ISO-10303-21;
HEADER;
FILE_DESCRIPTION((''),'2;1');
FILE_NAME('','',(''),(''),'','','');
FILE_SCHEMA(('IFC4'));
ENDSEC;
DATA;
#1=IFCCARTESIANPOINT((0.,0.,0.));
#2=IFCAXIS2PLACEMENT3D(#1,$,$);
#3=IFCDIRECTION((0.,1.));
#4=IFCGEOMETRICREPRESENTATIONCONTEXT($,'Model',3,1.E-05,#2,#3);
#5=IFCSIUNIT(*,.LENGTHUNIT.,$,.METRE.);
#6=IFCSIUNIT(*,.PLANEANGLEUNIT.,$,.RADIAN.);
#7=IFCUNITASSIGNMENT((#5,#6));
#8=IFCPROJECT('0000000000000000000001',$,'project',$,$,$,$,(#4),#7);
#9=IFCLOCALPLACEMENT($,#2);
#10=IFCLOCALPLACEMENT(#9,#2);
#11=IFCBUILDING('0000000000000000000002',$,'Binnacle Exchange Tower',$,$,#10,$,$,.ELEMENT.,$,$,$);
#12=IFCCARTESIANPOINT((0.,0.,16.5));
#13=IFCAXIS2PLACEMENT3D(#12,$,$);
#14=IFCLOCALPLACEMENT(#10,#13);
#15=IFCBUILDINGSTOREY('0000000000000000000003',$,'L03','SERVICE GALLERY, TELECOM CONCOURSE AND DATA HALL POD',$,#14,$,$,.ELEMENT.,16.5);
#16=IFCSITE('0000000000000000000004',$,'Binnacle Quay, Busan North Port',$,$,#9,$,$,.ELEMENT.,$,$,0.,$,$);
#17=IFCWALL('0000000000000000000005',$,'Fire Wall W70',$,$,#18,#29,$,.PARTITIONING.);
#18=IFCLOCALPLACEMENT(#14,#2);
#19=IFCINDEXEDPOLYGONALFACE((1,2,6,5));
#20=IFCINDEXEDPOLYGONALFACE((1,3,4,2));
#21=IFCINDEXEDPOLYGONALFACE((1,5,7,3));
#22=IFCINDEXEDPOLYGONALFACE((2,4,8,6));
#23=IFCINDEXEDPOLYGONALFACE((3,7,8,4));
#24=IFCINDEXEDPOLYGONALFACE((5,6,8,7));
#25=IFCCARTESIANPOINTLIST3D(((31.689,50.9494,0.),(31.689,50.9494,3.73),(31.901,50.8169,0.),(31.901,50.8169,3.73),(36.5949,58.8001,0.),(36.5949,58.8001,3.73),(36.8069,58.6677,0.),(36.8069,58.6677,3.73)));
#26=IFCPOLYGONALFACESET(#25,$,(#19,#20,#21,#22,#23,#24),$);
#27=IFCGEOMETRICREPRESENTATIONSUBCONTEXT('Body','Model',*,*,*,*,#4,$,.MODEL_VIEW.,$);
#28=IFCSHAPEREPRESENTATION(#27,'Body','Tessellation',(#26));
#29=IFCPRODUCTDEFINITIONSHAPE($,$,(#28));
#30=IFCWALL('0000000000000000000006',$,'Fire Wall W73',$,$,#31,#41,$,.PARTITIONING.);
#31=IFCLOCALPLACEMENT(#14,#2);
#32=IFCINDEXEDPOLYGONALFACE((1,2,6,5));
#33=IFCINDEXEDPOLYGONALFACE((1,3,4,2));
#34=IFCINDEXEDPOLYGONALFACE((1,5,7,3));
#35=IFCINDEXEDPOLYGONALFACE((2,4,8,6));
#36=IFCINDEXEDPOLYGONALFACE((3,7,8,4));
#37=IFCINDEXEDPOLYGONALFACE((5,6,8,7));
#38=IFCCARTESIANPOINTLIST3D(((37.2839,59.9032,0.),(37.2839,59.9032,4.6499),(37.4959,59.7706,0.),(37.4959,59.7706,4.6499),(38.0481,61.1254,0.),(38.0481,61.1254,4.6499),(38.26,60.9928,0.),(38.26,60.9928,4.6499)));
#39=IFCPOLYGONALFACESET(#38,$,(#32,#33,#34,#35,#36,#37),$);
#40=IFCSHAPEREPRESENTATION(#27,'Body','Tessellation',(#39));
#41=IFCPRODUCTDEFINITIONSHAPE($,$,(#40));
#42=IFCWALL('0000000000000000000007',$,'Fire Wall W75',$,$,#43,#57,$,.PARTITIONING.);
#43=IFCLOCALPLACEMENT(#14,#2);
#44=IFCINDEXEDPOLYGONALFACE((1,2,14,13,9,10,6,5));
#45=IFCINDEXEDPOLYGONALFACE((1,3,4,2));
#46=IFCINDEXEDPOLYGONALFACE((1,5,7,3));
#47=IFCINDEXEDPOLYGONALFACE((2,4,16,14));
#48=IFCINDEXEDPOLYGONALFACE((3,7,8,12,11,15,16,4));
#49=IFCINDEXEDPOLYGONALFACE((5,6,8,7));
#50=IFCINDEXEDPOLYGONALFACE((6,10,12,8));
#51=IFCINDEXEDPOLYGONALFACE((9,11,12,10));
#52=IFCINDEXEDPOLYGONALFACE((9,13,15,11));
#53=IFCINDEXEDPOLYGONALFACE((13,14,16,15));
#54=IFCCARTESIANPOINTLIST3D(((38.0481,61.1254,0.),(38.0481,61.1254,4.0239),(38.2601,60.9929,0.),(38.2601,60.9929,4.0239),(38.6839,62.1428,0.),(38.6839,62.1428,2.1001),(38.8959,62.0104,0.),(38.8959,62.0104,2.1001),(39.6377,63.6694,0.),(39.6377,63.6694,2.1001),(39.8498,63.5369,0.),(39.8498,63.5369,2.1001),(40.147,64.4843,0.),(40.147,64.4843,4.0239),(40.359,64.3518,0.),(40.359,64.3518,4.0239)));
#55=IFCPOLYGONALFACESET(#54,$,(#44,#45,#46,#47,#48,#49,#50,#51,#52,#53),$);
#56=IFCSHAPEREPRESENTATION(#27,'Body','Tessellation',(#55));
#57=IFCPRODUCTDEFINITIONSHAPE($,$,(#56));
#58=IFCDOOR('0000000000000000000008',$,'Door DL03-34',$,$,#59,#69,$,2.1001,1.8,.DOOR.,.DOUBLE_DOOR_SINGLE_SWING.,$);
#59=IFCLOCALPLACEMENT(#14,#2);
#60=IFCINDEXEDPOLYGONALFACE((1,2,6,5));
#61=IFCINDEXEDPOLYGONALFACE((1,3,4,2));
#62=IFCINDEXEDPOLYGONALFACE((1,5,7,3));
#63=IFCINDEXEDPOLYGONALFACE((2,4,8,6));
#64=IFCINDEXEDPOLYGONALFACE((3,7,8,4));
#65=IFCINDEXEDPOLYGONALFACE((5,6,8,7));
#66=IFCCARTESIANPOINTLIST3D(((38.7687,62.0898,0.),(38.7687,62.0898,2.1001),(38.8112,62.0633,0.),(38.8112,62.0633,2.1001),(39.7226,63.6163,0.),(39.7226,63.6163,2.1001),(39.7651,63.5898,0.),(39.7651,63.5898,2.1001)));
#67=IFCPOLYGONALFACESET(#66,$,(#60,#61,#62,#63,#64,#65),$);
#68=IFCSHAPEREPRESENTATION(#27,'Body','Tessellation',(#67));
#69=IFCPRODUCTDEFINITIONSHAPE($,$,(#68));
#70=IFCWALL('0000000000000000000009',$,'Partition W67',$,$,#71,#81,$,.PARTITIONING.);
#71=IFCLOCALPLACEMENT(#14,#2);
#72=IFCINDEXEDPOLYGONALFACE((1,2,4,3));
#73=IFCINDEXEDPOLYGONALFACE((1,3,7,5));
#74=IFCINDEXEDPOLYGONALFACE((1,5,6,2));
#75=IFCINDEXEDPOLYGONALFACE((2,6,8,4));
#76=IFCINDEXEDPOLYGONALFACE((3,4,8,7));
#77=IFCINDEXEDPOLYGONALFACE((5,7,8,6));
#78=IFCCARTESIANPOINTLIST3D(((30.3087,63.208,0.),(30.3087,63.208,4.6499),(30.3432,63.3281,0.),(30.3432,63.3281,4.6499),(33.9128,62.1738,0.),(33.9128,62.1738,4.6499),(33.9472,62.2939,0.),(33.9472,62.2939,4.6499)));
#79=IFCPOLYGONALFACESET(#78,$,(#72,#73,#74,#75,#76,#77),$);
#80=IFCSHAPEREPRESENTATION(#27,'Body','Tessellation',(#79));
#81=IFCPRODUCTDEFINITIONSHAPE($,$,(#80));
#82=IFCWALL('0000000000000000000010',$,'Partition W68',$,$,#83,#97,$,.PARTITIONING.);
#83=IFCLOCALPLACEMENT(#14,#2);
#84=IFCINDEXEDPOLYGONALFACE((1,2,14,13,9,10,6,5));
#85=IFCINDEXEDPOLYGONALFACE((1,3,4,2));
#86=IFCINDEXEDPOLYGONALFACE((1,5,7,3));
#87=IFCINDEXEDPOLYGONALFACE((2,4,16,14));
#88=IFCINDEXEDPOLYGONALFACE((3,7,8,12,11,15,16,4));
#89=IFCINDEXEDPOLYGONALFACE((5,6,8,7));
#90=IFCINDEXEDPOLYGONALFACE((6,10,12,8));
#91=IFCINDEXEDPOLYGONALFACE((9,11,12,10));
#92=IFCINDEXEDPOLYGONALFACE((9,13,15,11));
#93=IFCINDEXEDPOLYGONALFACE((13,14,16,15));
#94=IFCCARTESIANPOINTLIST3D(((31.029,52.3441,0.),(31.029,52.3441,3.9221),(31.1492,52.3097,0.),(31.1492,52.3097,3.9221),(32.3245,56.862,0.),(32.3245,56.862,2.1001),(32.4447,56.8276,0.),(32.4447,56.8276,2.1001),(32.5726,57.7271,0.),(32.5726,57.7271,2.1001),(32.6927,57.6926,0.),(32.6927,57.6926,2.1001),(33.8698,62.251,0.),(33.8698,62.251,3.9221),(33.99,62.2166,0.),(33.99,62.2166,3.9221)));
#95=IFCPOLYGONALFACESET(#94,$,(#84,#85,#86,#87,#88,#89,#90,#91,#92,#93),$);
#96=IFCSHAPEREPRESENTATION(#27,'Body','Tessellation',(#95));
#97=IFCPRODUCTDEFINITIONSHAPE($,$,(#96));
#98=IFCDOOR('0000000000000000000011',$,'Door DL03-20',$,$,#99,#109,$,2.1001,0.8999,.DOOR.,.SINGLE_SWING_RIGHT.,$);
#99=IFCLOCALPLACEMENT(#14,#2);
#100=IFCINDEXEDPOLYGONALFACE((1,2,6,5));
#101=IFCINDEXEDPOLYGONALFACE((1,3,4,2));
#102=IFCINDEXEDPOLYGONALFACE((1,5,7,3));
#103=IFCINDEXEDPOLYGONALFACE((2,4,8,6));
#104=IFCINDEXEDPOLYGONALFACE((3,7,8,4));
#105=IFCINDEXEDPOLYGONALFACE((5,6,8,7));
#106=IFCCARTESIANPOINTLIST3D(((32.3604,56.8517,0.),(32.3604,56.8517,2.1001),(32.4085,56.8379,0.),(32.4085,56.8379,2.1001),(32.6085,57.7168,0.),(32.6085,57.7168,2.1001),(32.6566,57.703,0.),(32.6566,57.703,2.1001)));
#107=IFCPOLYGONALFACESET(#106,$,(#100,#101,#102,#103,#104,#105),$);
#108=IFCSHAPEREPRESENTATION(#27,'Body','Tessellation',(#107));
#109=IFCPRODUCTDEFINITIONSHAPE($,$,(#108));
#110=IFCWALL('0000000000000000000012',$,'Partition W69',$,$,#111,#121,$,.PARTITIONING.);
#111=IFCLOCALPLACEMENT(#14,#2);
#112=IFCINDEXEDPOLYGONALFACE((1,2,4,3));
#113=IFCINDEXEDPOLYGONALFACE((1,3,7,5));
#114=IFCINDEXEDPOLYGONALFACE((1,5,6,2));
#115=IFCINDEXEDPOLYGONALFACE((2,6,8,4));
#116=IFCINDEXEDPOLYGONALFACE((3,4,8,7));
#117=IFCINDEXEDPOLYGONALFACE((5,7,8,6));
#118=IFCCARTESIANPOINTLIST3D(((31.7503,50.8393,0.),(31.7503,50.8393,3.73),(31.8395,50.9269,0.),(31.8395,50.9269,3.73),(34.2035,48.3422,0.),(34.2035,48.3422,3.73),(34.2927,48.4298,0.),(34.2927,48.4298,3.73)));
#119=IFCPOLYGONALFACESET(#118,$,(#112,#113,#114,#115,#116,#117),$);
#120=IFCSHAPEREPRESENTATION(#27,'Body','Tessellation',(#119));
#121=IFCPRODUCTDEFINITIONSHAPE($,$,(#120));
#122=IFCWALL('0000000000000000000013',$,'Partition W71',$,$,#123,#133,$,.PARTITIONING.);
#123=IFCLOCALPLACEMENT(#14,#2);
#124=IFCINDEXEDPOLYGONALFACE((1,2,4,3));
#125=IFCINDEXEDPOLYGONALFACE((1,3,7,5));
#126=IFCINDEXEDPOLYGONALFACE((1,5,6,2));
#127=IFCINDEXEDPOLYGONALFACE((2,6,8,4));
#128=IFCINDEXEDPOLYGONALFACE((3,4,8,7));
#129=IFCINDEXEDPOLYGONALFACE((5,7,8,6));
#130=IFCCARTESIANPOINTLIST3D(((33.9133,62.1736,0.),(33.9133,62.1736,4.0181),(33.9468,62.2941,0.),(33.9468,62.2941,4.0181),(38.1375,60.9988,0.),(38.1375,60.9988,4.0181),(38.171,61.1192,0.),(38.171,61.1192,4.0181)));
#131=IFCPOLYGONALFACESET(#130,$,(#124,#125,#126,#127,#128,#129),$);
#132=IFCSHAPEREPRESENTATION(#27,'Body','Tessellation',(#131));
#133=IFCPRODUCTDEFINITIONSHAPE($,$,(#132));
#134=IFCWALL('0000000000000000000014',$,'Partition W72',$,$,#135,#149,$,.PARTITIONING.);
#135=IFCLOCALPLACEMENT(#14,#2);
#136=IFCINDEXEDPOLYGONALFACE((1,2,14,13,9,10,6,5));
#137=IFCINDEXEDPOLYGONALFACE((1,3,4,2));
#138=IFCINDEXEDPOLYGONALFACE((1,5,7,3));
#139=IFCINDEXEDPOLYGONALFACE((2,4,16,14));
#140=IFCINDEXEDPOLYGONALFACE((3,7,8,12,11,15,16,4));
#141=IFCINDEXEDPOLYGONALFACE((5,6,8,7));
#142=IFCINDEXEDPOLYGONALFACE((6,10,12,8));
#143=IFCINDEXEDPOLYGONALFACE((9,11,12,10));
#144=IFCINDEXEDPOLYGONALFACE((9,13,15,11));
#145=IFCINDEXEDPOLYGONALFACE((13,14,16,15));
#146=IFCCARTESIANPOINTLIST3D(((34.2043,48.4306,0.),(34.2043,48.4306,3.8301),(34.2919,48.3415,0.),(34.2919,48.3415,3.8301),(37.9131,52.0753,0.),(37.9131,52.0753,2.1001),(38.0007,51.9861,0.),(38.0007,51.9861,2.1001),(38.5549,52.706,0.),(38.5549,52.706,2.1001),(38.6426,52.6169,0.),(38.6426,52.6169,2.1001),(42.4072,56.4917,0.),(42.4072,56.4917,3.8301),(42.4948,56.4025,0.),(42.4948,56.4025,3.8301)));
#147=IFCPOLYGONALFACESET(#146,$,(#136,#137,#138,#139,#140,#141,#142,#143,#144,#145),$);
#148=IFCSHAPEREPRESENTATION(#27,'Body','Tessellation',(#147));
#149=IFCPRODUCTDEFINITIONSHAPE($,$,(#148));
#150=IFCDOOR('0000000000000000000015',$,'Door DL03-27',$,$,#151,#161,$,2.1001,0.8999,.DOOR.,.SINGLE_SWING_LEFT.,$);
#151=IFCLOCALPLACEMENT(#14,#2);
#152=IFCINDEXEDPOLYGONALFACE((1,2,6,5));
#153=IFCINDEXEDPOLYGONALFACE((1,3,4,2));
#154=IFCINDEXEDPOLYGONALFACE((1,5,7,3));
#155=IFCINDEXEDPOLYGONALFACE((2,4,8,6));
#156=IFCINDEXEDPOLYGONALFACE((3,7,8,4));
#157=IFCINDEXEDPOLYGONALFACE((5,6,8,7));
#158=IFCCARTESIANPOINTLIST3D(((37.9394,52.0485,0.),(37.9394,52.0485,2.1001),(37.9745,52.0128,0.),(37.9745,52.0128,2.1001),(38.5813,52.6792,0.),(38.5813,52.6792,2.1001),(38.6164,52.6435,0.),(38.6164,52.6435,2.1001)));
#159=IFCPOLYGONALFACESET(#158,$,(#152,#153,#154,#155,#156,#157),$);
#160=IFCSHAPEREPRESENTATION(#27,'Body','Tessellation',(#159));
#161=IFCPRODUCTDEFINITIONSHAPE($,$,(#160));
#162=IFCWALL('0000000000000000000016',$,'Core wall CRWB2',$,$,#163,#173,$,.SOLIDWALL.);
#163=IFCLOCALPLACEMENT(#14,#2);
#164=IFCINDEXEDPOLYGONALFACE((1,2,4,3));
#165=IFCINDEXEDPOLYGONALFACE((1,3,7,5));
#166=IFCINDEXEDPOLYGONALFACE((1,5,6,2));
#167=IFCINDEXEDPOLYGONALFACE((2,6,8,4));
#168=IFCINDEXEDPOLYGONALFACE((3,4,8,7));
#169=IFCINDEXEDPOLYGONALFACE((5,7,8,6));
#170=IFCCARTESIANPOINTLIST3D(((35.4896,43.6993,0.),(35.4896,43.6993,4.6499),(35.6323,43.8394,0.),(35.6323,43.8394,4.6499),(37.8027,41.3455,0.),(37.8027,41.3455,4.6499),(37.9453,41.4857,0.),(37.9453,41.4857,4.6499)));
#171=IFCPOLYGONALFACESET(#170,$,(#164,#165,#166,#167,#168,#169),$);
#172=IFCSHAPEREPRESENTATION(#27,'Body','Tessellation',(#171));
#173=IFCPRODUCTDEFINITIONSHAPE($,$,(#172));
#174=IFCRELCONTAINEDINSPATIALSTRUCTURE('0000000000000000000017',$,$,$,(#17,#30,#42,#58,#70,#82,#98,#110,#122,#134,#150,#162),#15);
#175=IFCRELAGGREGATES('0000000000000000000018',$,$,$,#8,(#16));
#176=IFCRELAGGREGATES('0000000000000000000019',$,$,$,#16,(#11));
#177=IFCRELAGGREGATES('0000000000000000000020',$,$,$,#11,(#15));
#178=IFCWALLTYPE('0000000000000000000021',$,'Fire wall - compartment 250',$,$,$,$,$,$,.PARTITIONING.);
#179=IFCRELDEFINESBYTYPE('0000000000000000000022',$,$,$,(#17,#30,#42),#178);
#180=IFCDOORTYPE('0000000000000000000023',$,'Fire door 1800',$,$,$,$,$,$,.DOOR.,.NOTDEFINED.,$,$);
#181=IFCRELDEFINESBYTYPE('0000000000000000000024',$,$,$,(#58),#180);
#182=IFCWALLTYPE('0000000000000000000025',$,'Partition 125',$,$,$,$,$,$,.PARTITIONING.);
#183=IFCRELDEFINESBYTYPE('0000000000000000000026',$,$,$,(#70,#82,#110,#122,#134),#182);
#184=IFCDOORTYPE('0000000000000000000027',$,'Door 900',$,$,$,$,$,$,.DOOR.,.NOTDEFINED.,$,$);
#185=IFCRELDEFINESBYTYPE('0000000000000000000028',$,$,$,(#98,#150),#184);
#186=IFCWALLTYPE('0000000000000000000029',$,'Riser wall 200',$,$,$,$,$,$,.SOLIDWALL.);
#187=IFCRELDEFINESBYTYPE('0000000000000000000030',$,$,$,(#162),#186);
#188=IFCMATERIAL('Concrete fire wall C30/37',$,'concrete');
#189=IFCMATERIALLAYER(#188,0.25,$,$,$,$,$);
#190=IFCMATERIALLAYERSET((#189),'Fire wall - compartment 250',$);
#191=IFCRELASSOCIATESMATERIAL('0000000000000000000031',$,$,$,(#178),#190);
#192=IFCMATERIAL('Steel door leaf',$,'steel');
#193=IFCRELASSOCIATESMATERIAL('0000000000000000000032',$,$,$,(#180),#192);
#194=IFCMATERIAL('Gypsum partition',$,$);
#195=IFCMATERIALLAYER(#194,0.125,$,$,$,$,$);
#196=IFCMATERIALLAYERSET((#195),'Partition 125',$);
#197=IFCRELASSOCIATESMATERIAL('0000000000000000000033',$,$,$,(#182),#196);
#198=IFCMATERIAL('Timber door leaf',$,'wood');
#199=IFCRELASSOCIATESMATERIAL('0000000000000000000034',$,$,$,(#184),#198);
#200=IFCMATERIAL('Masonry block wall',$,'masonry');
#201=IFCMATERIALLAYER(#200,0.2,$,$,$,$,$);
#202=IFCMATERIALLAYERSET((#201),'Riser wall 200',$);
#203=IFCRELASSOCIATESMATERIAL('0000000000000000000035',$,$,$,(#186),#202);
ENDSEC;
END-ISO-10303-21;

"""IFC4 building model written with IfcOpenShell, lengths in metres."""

from ifc_helpers import new_model, si_unit, direction, frame, frame_2d, origin, place, context, subcontext, project, spatial, rectangle, extrude, material, layer, layer_set, type_object, element, fill, save


model = new_model("IFC4")

# Units and contexts
model_context = context("Model", 3, precision=1e-05, world=origin(), true_north=direction((0.0, 1.0)))
body_context = subcontext(model_context, "Body", "Model", "MODEL_VIEW")
ifc_project = project(units=[si_unit("LENGTHUNIT", "METRE"), si_unit("PLANEANGLEUNIT", "RADIAN")], contexts=[model_context])

# Site, building, storey
site_placement = place(None, origin())
site = spatial("IfcSite", under=ifc_project, at=site_placement, Name="Binnacle Quay, Busan North Port", CompositionType="ELEMENT", RefElevation=0.0)
building_placement = place(site_placement, origin())
building = spatial("IfcBuilding", under=site, at=building_placement, Name="Binnacle Exchange Tower", CompositionType="ELEMENT")
storey_placement = place(building_placement, frame((0.0, 0.0, 16.5)))
storey = spatial("IfcBuildingStorey", under=building, at=storey_placement, Name="L03", Description="SERVICE GALLERY, TELECOM CONCOURSE AND DATA HALL POD", CompositionType="ELEMENT", Elevation=16.5)

# Shared definitions
ifc_material_1 = material(Name="Steel door leaf", Category="steel")

# Walls
ifc_material_2 = material(Name="Masonry block wall", Category="masonry")
ifc_material_3 = material(Name="Concrete fire wall C30/37", Category="concrete")
ifc_layer_1 = layer(ifc_material_3, 0.25)
ifc_layer_set_1 = layer_set([ifc_layer_1], Name="Fire wall - compartment 250")
wall_type_1 = type_object("IfcWallType", Name="Fire wall - compartment 250", PredefinedType="PARTITIONING", material=ifc_layer_set_1)
wall_1_placement = place(storey_placement, frame((31.7949, 50.8831, 0.0), z_axis=(0.0, 0.0, 1.0), x_axis=(0.52994, 0.848035, 0.0)))
element("IfcWall", 1, at=wall_1_placement, inside=storey, type_object=wall_type_1, Name="Fire Wall W70", PredefinedType="PARTITIONING", context=body_context, shape_type="SweptSolid", body=[
    extrude(rectangle(XDim=9.2576, YDim=0.25, at=frame_2d((4.6289, 0.0))), origin(), (0.0, 0.0, 1.0), 3.73),
])
wall_2_placement = place(storey_placement, frame((37.3899, 59.8369, 0.0), z_axis=(0.0, 0.0, 1.0), x_axis=(0.530151, 0.847903, 0.0)))
element("IfcWall", 2, at=wall_2_placement, inside=storey, type_object=wall_type_1, Name="Fire Wall W73", PredefinedType="PARTITIONING", context=body_context, shape_type="SweptSolid", body=[
    extrude(rectangle(XDim=1.4414, YDim=0.25, at=frame_2d((0.7207, 0.0))), origin(), (0.0, 0.0, 1.0), 4.6499),
])

# Wall, opening, door
wall_3_placement = place(storey_placement, frame((38.1541, 61.0591, 0.0), z_axis=(0.0, 0.0, 1.0), x_axis=(0.529921, 0.848047, 0.0)))
wall_3 = element("IfcWall", 3, at=wall_3_placement, inside=storey, type_object=wall_type_1, Name="Fire Wall W75", PredefinedType="PARTITIONING", context=body_context, shape_type="SweptSolid", body=[
    extrude(rectangle(XDim=3.9607, YDim=0.25, at=frame_2d((1.9805, 0.0))), origin(), (0.0, 0.0, 1.0), 4.0239),
])
opening_1_placement = place(wall_3_placement, frame((1.2, 0.0, 0.0)))
opening_1 = element("IfcOpeningElement", 4, at=opening_1_placement, cuts=wall_3, PredefinedType="OPENING", context=body_context, shape_type="SweptSolid", body=[
    extrude(rectangle(XDim=1.8, YDim=2.1001, at=frame_2d((0.8999, 1.05))), frame((0.0, 0.135, 0.0), z_axis=(0.0, -1.0, 0.0), x_axis=(1.0, 0.0, 0.0)), (0.0, 0.0, 1.0), 0.27),
])
door_type_1 = type_object("IfcDoorType", Name="Fire door 1800", OperationType="NOTDEFINED", PredefinedType="DOOR", material=ifc_material_1)
door_1_placement = place(opening_1_placement, origin())
door_1 = element("IfcDoor", 5, at=door_1_placement, inside=storey, type_object=door_type_1, Name="Door DL03-34", OperationType="DOUBLE_DOOR_SINGLE_SWING", OverallHeight=2.1001, OverallWidth=1.8, PredefinedType="DOOR", context=body_context, shape_type="SweptSolid", body=[
    extrude(rectangle(XDim=1.8, YDim=2.1001, at=frame_2d((0.8999, 1.05))), frame((0.0, 0.0249, 0.0), z_axis=(0.0, -1.0, 0.0), x_axis=(1.0, 0.0, 0.0)), (0.0, 0.0, 1.0), 0.05),
])
fill(opening_1, door_1)

# Wall
ifc_material_4 = material(Name="Gypsum partition")
ifc_layer_2 = layer(ifc_material_4, 0.125)
ifc_layer_set_2 = layer_set([ifc_layer_2], Name="Partition 125")
wall_type_2 = type_object("IfcWallType", Name="Partition 125", PredefinedType="PARTITIONING", material=ifc_layer_set_2)
wall_4_placement = place(storey_placement, frame((30.3259, 63.2681, 0.0), z_axis=(0.0, 0.0, 1.0), x_axis=(0.961209, -0.275822, 0.0)))
element("IfcWall", 6, at=wall_4_placement, inside=storey, type_object=wall_type_2, Name="Partition W67", PredefinedType="PARTITIONING", context=body_context, shape_type="SweptSolid", body=[
    extrude(rectangle(XDim=3.7495, YDim=0.125, at=frame_2d((1.8748, 0.0))), origin(), (0.0, 0.0, 1.0), 4.6499),
])

# Wall, opening, door
wall_5_placement = place(storey_placement, frame((31.0891, 52.3269, 0.0), z_axis=(0.0, 0.0, 1.0), x_axis=(0.275641, 0.961261, 0.0)))
wall_5 = element("IfcWall", 7, at=wall_5_placement, inside=storey, type_object=wall_type_2, Name="Partition W68", PredefinedType="PARTITIONING", context=body_context, shape_type="SweptSolid", body=[
    extrude(rectangle(XDim=10.3062, YDim=0.125, at=frame_2d((5.1531, 0.0))), origin(), (0.0, 0.0, 1.0), 3.9221),
])
opening_2_placement = place(wall_5_placement, frame((4.7, 0.0, 0.0)))
opening_2 = element("IfcOpeningElement", 8, at=opening_2_placement, cuts=wall_5, PredefinedType="OPENING", context=body_context, shape_type="SweptSolid", body=[
    extrude(rectangle(XDim=0.8999, YDim=2.1001, at=frame_2d((0.45, 1.05))), frame((0.0, 0.0725, 0.0), z_axis=(0.0, -1.0, 0.0), x_axis=(1.0, 0.0, 0.0)), (0.0, 0.0, 1.0), 0.145),
])
ifc_material_5 = material(Name="Timber door leaf", Category="wood")
door_type_2 = type_object("IfcDoorType", Name="Door 900", OperationType="NOTDEFINED", PredefinedType="DOOR", material=ifc_material_5)
door_2_placement = place(opening_2_placement, frame((0.8999, 0.0, 0.0), z_axis=(0.0, 0.0, 1.0), x_axis=(-1.0, 0.0, 0.0)))
door_2 = element("IfcDoor", 9, at=door_2_placement, inside=storey, type_object=door_type_2, Name="Door DL03-20", OperationType="SINGLE_SWING_RIGHT", OverallHeight=2.1001, OverallWidth=0.8999, PredefinedType="DOOR", context=body_context, shape_type="SweptSolid", body=[
    extrude(rectangle(XDim=0.8999, YDim=2.1001, at=frame_2d((0.45, 1.05))), frame((0.0, 0.0249, 0.0), z_axis=(0.0, -1.0, 0.0), x_axis=(1.0, 0.0, 0.0)), (0.0, 0.0, 1.0), 0.05),
])
fill(opening_2, door_2)

# Walls
wall_6_placement = place(storey_placement, frame((31.7949, 50.8831, 0.0), z_axis=(0.0, 0.0, 1.0), x_axis=(0.700802, -0.713356, 0.0)))
element("IfcWall", 10, at=wall_6_placement, inside=storey, type_object=wall_type_2, Name="Partition W69", PredefinedType="PARTITIONING", context=body_context, shape_type="SweptSolid", body=[
    extrude(rectangle(XDim=3.5005, YDim=0.125, at=frame_2d((1.7502, 0.0))), origin(), (0.0, 0.0, 1.0), 3.73),
])
wall_7_placement = place(storey_placement, frame((33.9299, 62.2339, 0.0), z_axis=(0.0, 0.0, 1.0), x_axis=(0.963433, -0.267948, 0.0)))
element("IfcWall", 11, at=wall_7_placement, inside=storey, type_object=wall_type_2, Name="Partition W71", PredefinedType="PARTITIONING", context=body_context, shape_type="SweptSolid", body=[
    extrude(rectangle(XDim=4.3845, YDim=0.125, at=frame_2d((2.1924, 0.0))), origin(), (0.0, 0.0, 1.0), 4.0181),
])

# Wall, opening, door
wall_8_placement = place(storey_placement, frame((34.248, 48.386, 0.0), z_axis=(0.0, 0.0, 1.0), x_axis=(0.713247, 0.700913, 0.0)))
wall_8 = element("IfcWall", 12, at=wall_8_placement, inside=storey, type_object=wall_type_2, Name="Partition W72", PredefinedType="PARTITIONING", context=body_context, shape_type="SweptSolid", body=[
    extrude(rectangle(XDim=11.5007, YDim=0.125, at=frame_2d((5.7505, 0.0))), origin(), (0.0, 0.0, 1.0), 3.8301),
])
opening_3_placement = place(wall_8_placement, frame((5.2, 0.0, 0.0)))
opening_3 = element("IfcOpeningElement", 13, at=opening_3_placement, cuts=wall_8, PredefinedType="OPENING", context=body_context, shape_type="SweptSolid", body=[
    extrude(rectangle(XDim=0.8999, YDim=2.1001, at=frame_2d((0.45, 1.05))), frame((0.0, 0.0725, 0.0), z_axis=(0.0, -1.0, 0.0), x_axis=(1.0, 0.0, 0.0)), (0.0, 0.0, 1.0), 0.145),
])
door_3_placement = place(opening_3_placement, origin())
door_3 = element("IfcDoor", 14, at=door_3_placement, inside=storey, type_object=door_type_2, Name="Door DL03-27", OperationType="SINGLE_SWING_LEFT", OverallHeight=2.1001, OverallWidth=0.8999, PredefinedType="DOOR", context=body_context, shape_type="SweptSolid", body=[
    extrude(rectangle(XDim=0.8999, YDim=2.1001, at=frame_2d((0.45, 1.05))), frame((0.0, 0.0249, 0.0), z_axis=(0.0, -1.0, 0.0), x_axis=(1.0, 0.0, 0.0)), (0.0, 0.0, 1.0), 0.05),
])
fill(opening_3, door_3)

# Wall
ifc_layer_3 = layer(ifc_material_2, 0.2)
ifc_layer_set_3 = layer_set([ifc_layer_3], Name="Riser wall 200")
wall_type_3 = type_object("IfcWallType", Name="Riser wall 200", PredefinedType="SOLIDWALL", material=ifc_layer_set_3)
wall_9_placement = place(storey_placement, frame((35.561, 43.7693, 0.0), z_axis=(0.0, 0.0, 1.0), x_axis=(0.700902, -0.713257, 0.0)))
element("IfcWall", 15, at=wall_9_placement, inside=storey, type_object=wall_type_3, Name="Core wall CRWB2", PredefinedType="SOLIDWALL", context=body_context, shape_type="SweptSolid", body=[
    extrude(rectangle(XDim=3.3, YDim=0.2, at=frame_2d((1.6499, 0.0))), origin(), (0.0, 0.0, 1.0), 4.6499),
])

save(model, "model.ifc")
